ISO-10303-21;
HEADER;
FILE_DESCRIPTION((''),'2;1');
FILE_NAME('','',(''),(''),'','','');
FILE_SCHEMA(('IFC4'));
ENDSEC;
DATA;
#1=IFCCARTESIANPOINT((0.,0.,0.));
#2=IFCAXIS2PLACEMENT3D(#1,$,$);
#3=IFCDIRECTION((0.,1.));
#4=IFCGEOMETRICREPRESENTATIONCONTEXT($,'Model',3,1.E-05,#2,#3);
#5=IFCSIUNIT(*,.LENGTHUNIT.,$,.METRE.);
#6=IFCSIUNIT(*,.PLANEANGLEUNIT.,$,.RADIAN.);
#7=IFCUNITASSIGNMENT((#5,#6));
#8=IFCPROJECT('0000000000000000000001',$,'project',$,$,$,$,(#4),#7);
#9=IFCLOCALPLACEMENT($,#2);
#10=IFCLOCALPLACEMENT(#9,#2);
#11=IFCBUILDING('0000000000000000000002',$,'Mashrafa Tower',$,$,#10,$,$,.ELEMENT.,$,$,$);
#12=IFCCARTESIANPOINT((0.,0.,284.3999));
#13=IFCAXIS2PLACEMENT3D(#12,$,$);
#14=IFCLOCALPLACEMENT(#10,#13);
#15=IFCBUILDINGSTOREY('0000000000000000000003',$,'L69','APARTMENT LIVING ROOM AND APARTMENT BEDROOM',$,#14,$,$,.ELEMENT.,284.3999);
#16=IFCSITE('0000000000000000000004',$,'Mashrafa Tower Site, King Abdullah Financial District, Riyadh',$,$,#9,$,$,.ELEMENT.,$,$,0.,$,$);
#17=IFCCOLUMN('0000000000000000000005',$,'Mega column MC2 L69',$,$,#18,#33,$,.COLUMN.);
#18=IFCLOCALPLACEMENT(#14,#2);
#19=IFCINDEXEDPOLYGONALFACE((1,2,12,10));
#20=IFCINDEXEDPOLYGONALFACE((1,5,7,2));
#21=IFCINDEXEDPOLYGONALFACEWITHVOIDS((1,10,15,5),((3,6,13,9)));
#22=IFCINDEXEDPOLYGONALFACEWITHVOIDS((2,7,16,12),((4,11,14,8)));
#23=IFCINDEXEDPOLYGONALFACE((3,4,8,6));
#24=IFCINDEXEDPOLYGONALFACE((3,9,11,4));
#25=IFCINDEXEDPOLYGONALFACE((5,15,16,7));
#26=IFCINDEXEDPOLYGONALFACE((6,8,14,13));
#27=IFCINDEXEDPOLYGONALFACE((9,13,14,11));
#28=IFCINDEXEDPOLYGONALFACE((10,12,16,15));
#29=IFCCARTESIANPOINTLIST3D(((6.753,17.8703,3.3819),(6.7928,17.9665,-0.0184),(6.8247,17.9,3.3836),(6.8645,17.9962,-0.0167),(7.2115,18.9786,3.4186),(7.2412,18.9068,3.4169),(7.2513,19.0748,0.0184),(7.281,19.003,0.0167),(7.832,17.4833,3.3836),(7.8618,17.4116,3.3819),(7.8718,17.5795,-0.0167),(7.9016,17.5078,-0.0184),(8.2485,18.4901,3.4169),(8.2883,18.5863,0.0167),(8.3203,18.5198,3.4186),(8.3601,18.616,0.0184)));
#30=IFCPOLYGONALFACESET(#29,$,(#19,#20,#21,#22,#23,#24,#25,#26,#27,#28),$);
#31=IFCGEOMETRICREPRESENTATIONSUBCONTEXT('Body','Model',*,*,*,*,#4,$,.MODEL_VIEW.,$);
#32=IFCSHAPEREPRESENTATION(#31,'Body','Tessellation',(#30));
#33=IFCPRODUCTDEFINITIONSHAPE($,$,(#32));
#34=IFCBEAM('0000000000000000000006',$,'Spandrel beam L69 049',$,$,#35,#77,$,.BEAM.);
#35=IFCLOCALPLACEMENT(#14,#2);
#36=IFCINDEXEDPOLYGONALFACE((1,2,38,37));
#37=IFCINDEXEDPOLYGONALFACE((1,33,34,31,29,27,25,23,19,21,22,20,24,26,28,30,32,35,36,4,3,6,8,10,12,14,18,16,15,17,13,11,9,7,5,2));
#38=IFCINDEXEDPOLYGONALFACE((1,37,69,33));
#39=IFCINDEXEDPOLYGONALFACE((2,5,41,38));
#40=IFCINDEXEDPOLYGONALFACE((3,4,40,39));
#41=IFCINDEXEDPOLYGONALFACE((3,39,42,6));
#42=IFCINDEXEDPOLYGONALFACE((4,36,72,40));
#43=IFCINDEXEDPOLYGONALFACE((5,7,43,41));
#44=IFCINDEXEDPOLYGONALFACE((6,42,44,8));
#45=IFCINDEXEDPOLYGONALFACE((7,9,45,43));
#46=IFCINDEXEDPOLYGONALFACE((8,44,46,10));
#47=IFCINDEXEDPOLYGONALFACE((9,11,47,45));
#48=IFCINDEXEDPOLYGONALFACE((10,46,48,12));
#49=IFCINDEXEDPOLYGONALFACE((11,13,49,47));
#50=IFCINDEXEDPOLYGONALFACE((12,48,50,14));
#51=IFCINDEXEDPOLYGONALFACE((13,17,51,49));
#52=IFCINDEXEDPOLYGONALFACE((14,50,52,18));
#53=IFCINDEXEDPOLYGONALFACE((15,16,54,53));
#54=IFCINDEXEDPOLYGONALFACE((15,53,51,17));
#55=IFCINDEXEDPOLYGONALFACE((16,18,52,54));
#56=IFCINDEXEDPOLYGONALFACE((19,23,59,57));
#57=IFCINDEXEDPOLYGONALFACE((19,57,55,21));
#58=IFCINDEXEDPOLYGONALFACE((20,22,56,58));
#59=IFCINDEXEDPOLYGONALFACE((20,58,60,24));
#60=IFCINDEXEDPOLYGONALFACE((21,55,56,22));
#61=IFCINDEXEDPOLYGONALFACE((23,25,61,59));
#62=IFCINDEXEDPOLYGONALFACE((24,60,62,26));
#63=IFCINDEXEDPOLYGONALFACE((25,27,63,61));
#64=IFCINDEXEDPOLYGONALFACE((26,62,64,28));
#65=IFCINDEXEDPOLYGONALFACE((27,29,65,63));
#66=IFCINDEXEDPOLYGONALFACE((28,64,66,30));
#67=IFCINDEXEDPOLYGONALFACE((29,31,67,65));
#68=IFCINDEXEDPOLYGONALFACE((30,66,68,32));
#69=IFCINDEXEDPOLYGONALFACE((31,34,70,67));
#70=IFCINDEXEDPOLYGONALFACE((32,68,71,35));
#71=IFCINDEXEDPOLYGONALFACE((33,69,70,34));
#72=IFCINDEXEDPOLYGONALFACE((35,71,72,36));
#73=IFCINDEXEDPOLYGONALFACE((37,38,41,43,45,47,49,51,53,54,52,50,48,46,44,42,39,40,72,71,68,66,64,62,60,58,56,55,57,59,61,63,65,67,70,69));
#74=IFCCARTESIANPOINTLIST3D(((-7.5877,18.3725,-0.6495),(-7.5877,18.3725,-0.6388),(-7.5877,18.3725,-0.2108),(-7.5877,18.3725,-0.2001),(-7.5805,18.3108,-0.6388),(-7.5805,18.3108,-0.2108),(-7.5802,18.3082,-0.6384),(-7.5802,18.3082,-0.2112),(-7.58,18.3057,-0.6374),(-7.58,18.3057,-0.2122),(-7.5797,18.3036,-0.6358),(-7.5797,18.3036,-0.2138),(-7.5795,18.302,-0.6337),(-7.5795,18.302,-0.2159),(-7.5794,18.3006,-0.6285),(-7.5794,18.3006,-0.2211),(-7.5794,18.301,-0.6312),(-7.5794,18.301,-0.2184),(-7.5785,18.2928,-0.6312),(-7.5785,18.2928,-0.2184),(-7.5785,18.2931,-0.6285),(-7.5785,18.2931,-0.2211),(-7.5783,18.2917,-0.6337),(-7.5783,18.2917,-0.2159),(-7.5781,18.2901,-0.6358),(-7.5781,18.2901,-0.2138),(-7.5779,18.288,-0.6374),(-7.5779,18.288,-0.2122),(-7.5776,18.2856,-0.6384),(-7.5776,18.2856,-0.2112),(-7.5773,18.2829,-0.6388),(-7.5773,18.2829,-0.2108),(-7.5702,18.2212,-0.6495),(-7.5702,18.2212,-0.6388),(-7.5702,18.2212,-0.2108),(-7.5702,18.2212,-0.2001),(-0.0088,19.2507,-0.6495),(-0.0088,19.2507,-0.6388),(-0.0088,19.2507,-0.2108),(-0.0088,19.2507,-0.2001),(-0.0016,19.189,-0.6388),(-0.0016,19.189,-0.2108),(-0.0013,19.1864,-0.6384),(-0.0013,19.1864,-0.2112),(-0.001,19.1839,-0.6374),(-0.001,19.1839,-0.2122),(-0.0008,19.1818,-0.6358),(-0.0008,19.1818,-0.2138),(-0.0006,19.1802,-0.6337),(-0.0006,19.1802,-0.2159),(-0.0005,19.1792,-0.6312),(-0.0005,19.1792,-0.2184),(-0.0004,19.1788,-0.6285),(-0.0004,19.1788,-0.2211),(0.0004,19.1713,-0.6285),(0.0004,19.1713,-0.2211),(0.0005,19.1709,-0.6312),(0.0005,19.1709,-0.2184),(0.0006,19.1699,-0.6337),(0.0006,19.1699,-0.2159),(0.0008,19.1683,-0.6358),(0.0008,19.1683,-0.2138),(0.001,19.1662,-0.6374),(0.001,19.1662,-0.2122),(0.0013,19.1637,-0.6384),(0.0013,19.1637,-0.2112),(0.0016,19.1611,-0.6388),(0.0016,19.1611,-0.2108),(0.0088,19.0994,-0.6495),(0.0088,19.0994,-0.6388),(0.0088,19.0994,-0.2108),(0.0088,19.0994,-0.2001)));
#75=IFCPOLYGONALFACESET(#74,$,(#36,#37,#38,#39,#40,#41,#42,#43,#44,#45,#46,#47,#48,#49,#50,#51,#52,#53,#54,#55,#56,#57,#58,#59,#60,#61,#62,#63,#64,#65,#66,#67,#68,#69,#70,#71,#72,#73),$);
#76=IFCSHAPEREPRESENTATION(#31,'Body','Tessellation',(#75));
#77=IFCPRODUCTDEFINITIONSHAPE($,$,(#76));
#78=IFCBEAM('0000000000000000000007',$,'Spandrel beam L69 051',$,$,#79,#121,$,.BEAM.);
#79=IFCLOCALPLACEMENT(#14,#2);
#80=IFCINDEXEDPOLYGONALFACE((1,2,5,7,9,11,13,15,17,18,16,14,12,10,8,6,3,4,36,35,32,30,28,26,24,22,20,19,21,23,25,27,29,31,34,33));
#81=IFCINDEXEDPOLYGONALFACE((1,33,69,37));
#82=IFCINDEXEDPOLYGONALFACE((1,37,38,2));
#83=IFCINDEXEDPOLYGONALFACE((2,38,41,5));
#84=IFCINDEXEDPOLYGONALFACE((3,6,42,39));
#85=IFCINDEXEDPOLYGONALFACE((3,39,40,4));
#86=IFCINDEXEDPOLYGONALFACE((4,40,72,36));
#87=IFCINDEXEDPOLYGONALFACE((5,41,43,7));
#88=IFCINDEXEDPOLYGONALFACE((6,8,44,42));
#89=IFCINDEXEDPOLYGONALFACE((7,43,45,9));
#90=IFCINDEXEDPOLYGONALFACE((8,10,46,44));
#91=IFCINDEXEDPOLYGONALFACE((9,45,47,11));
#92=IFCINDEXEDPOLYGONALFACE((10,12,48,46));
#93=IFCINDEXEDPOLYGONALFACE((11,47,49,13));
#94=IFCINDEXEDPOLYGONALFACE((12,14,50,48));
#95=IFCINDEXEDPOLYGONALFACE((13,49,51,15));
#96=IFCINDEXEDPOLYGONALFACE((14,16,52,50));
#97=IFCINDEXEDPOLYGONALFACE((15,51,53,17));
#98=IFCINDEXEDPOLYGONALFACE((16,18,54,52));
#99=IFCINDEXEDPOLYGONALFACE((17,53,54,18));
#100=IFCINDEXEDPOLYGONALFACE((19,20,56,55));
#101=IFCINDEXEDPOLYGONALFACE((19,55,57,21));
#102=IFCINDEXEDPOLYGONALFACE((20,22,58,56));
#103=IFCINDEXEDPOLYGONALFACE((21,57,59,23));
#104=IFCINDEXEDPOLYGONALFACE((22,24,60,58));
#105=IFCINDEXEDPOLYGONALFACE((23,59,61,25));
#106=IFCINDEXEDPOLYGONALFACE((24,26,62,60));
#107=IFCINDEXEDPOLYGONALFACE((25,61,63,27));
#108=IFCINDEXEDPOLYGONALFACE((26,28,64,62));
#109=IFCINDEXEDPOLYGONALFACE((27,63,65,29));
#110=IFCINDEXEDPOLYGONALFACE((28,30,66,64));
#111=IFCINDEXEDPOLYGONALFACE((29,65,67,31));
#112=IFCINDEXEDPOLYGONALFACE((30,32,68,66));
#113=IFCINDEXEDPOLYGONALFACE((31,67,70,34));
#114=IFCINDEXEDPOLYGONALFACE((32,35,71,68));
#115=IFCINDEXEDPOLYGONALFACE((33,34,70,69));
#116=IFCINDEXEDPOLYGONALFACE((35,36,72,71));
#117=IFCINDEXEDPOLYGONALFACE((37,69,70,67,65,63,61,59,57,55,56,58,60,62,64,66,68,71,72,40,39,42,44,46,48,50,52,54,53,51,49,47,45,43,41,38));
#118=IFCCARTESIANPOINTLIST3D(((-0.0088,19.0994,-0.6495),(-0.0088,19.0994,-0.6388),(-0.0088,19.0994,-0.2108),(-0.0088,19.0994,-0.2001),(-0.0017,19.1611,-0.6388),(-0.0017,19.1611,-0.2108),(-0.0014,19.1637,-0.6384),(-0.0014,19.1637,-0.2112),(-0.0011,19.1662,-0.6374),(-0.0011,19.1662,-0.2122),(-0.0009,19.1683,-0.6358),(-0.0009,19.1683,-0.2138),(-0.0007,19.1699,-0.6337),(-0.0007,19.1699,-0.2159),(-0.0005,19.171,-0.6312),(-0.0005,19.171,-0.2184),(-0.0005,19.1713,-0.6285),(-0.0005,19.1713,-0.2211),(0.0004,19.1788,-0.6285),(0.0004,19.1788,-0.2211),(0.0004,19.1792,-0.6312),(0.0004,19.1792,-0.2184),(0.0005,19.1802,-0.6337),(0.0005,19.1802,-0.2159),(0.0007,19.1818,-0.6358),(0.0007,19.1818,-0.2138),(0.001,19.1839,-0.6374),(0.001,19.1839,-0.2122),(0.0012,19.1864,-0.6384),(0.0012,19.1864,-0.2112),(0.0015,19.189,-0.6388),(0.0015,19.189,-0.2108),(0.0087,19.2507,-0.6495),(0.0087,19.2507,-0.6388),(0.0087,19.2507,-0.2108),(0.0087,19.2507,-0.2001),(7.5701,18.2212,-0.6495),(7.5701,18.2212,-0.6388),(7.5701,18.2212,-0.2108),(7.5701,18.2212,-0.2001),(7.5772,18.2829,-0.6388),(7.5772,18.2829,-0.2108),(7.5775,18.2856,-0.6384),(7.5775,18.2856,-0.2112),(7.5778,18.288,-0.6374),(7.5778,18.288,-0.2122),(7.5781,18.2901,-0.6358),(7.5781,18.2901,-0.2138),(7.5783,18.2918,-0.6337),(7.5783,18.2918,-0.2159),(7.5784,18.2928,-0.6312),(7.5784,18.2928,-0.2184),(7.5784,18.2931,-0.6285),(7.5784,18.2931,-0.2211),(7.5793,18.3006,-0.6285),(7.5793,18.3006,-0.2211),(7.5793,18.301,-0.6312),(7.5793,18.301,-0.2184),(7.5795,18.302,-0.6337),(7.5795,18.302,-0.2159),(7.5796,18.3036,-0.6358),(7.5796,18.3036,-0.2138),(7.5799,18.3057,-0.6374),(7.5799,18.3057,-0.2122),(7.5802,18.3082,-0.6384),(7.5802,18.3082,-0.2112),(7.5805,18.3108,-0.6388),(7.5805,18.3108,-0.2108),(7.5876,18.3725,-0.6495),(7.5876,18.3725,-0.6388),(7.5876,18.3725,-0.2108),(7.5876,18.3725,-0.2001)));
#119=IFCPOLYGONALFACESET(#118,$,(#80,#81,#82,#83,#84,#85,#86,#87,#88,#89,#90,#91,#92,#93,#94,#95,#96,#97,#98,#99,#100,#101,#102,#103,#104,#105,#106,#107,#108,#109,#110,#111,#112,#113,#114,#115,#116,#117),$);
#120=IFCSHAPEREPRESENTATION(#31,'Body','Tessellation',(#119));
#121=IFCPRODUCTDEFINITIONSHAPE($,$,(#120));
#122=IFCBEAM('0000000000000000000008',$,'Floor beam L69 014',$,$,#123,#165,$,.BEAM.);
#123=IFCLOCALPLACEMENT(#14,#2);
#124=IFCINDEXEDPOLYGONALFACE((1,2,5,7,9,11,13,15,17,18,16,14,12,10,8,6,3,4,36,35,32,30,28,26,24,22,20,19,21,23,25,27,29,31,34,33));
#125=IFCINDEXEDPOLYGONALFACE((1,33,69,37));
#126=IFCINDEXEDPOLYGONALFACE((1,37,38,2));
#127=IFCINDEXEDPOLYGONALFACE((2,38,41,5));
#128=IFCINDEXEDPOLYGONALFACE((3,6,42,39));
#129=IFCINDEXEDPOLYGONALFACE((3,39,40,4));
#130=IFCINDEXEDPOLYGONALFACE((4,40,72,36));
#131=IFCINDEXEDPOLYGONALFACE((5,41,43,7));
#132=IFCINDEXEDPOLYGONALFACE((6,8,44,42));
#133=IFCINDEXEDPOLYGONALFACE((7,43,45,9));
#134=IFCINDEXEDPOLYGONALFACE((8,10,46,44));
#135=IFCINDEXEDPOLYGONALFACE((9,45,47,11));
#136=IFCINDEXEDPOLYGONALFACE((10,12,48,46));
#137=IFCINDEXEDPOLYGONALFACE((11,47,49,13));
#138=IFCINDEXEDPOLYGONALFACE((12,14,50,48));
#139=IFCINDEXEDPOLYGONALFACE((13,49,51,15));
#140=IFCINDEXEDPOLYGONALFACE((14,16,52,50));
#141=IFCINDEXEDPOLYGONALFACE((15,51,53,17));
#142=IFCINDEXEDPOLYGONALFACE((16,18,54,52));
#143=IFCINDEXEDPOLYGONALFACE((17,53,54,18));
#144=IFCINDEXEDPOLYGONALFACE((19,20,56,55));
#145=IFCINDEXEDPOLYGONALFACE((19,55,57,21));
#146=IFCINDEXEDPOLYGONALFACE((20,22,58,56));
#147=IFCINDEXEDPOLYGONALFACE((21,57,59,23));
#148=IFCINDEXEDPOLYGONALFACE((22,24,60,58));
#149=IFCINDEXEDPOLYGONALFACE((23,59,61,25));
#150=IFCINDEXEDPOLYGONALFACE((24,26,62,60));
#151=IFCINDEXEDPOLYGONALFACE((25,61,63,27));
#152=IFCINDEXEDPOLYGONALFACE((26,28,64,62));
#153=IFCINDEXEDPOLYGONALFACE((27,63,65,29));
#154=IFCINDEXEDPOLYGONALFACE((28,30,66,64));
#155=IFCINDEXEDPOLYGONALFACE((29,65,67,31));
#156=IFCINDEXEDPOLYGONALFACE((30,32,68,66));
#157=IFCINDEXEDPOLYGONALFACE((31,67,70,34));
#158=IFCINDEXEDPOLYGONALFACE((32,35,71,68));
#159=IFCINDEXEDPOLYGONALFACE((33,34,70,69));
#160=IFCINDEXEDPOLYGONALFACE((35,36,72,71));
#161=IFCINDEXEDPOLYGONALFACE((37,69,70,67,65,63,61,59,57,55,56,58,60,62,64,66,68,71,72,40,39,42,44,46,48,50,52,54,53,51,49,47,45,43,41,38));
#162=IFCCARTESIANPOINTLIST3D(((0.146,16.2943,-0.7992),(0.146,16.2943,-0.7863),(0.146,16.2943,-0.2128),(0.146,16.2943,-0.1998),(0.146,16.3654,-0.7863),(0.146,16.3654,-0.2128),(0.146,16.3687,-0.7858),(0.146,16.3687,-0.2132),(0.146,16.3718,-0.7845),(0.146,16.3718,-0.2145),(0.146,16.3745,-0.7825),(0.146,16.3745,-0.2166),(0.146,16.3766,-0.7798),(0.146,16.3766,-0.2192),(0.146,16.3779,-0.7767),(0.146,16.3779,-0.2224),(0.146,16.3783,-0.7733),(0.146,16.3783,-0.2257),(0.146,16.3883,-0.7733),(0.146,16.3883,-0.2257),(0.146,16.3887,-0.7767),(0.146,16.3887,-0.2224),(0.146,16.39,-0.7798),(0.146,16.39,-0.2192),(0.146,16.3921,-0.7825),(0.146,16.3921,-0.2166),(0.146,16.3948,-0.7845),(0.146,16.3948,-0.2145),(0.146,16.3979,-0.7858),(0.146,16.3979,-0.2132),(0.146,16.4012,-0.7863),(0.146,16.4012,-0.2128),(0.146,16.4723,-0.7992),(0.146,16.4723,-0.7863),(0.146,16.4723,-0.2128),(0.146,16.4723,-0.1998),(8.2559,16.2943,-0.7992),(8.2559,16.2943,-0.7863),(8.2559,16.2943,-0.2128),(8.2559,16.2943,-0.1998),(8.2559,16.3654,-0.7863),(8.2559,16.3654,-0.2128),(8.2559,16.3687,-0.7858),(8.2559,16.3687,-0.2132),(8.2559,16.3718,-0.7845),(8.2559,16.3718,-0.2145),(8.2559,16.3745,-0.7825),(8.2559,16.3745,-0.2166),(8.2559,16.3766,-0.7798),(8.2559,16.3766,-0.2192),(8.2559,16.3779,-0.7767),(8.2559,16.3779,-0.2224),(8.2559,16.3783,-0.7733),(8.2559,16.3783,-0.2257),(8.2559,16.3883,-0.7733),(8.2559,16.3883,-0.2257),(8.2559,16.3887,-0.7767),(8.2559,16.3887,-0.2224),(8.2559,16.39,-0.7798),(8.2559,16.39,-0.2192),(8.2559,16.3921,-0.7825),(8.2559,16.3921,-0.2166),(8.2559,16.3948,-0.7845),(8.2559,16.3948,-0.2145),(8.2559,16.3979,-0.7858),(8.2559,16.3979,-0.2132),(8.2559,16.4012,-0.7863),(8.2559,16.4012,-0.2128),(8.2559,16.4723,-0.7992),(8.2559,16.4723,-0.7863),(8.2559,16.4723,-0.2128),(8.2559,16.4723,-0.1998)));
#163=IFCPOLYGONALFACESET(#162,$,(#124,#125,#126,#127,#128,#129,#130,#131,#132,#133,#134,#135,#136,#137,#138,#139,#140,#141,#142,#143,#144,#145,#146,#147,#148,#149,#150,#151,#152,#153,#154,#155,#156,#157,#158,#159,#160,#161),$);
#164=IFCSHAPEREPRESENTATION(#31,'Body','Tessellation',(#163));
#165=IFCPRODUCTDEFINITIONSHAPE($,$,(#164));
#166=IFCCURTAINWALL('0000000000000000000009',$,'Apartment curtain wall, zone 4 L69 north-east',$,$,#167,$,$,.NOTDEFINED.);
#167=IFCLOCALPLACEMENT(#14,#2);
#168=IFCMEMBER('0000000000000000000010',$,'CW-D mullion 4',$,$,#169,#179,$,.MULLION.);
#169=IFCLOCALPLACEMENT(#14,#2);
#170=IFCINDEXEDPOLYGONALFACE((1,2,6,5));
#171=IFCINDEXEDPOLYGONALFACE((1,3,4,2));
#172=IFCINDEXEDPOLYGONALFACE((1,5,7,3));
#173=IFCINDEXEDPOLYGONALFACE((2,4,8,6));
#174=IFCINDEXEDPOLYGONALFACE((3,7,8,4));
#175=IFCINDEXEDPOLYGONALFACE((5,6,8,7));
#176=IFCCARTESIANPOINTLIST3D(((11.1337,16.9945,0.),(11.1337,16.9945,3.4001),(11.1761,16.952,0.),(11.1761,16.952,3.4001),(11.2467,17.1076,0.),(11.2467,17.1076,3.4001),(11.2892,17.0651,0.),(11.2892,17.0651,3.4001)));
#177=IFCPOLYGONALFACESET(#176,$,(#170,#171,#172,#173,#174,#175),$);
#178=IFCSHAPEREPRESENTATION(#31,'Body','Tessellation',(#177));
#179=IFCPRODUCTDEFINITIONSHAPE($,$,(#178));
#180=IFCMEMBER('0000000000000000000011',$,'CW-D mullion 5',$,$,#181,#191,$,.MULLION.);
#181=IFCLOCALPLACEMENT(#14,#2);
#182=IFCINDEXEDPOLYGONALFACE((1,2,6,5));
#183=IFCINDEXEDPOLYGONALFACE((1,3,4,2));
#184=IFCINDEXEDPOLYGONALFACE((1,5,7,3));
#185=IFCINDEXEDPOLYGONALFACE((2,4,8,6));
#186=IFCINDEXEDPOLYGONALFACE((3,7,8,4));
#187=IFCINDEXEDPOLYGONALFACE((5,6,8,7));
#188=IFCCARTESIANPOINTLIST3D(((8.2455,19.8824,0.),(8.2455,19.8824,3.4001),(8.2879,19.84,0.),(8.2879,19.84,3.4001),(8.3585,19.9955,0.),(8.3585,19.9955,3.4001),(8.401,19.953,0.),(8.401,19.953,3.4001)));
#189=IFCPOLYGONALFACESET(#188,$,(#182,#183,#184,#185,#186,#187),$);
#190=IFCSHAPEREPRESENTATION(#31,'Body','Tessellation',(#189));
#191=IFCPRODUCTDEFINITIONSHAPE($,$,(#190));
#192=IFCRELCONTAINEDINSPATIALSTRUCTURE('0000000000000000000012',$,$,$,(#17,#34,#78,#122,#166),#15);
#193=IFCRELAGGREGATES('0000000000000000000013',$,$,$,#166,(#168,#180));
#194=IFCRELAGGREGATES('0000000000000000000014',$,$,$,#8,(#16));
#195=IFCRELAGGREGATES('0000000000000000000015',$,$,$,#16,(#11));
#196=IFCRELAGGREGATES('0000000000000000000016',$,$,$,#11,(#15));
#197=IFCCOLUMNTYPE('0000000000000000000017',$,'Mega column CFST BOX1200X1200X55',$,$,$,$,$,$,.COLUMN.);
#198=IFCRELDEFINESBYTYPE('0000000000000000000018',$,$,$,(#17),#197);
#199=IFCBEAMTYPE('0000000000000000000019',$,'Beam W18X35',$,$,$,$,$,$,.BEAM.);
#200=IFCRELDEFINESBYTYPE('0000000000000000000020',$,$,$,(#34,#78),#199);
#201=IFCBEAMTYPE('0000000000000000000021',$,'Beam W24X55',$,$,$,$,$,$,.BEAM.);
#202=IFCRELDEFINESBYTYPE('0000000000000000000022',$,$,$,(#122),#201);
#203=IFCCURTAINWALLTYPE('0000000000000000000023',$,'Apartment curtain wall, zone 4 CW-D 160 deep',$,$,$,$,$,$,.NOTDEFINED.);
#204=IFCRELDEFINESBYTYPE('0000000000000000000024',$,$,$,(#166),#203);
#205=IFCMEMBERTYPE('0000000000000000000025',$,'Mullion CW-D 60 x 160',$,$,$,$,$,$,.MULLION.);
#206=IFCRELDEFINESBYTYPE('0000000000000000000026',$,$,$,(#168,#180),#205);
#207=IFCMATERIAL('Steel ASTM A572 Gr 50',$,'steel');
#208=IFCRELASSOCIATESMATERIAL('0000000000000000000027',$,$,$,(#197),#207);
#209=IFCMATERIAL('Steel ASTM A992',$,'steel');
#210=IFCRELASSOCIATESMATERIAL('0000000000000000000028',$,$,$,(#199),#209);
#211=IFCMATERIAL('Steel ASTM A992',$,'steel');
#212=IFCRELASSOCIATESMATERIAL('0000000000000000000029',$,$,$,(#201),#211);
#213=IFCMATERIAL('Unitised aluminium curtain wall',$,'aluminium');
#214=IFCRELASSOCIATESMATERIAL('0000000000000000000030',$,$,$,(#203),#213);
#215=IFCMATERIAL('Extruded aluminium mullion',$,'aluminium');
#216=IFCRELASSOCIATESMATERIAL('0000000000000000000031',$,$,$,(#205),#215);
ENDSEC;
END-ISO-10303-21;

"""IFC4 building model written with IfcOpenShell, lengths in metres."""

from ifc_helpers import new_model, si_unit, direction, frame, origin, origin_2d, place, context, subcontext, project, spatial, rectangle, hollow_rectangle, i_section, extrude, source, transform, mapped, material, material_profile, profile_set, type_object, type_shapes, element, aggregate, save


model = new_model("IFC4")

# Units and contexts
model_context = context("Model", 3, precision=1e-05, world=origin(), true_north=direction((0.0, 1.0)))
body_context = subcontext(model_context, "Body", "Model", "MODEL_VIEW")
ifc_project = project(units=[si_unit("LENGTHUNIT", "METRE"), si_unit("PLANEANGLEUNIT", "RADIAN")], contexts=[model_context])

# Site, building, storey
site_placement = place(None, origin())
site = spatial("IfcSite", under=ifc_project, at=site_placement, Name="Mashrafa Tower Site, King Abdullah Financial District, Riyadh", CompositionType="ELEMENT", RefElevation=0.0)
building_placement = place(site_placement, origin())
building = spatial("IfcBuilding", under=site, at=building_placement, Name="Mashrafa Tower", CompositionType="ELEMENT")
storey_placement = place(building_placement, frame((0.0, 0.0, 284.3999)))
storey = spatial("IfcBuildingStorey", under=building, at=storey_placement, Name="L69", Description="APARTMENT LIVING ROOM AND APARTMENT BEDROOM", CompositionType="ELEMENT", Elevation=284.3999)

# Column
ifc_material_1 = material(Name="Steel ASTM A572 Gr 50", Category="steel")
ifc_material_profile_1 = material_profile(ifc_material_1, hollow_rectangle(XDim=1.2, YDim=1.2, WallThickness=0.0549, at=origin_2d()), Name="BOX1200X1200X55")
ifc_profile_set_1 = profile_set([ifc_material_profile_1], Name="Steel ASTM A572 Gr 50")
column_type = type_object("IfcColumnType", Name="Mega column CFST BOX1200X1200X55", PredefinedType="COLUMN", material=ifc_profile_set_1)
column_placement = place(storey_placement, frame((7.5764, 18.2913, 0.0), z_axis=(-0.011698, -0.028277, 0.999532), x_axis=(0.924045, -0.382283, 0.0)))
element("IfcColumn", 1, at=column_placement, inside=storey, type_object=column_type, Name="Mega column MC2 L69", PredefinedType="COLUMN", context=body_context, shape_type="SweptSolid", body=[
    extrude(hollow_rectangle(XDim=1.2, YDim=1.2, WallThickness=0.0549, at=origin_2d()), origin(), (0.0, 0.0, 1.0), 3.4019),
])

# Beams
ifc_material_2 = material(Name="Steel ASTM A992", Category="steel")
ifc_material_profile_2 = material_profile(ifc_material_2, i_section(OverallWidth=0.1523, OverallDepth=0.4495, WebThickness=0.0076, FlangeThickness=0.0107, FilletRadius=0.0103, at=origin_2d()), Name="W18X35")
ifc_profile_set_2 = profile_set([ifc_material_profile_2], Name="Steel ASTM A992")
beam_type_1 = type_object("IfcBeamType", Name="Beam W18X35", PredefinedType="BEAM", material=ifc_profile_set_2)
for number, where, z_axis, x_axis, name in (
    (2, (0.0, 19.175, -0.4248), (-0.993354, -0.115101, 0.0), (0.115101, -0.993354, 0.0), "Spandrel beam L69 049"),
    (3, (7.5789, 18.2969, -0.4248), (-0.993354, 0.115101, 0.0), (-0.115101, -0.993354, 0.0), "Spandrel beam L69 051"),
):
    element("IfcBeam", number, at=place(storey_placement, frame(where, z_axis=z_axis, x_axis=x_axis)), inside=storey, type_object=beam_type_1, Name=name, PredefinedType="BEAM", context=body_context, shape_type="SweptSolid", body=[
        extrude(i_section(OverallWidth=0.1523, OverallDepth=0.4495, WebThickness=0.0076, FlangeThickness=0.0107, FilletRadius=0.0103, at=origin_2d()), origin(), (0.0, 0.0, 1.0), 7.6296),
    ])
ifc_material_3 = material(Name="Steel ASTM A992", Category="steel")
ifc_material_profile_3 = material_profile(ifc_material_3, i_section(OverallWidth=0.178, OverallDepth=0.5994, WebThickness=0.01, FlangeThickness=0.0129, FilletRadius=0.0129, at=origin_2d()), Name="W24X55")
ifc_profile_set_3 = profile_set([ifc_material_profile_3], Name="Steel ASTM A992")
beam_type_2 = type_object("IfcBeamType", Name="Beam W24X55", PredefinedType="BEAM", material=ifc_profile_set_3)
beam_placement = place(storey_placement, frame((0.146, 16.3833, -0.4995), z_axis=(1.0, 0.0, 0.0), x_axis=(0.0, 1.0, 0.0)))
element("IfcBeam", 4, at=beam_placement, inside=storey, type_object=beam_type_2, Name="Floor beam L69 014", PredefinedType="BEAM", context=body_context, shape_type="SweptSolid", body=[
    extrude(i_section(OverallWidth=0.178, OverallDepth=0.5994, WebThickness=0.01, FlangeThickness=0.0129, FilletRadius=0.0129, at=origin_2d()), origin(), (0.0, 0.0, 1.0), 8.1099),
])

# Curtain wall, members
ifc_material_4 = material(Name="Unitised aluminium curtain wall", Category="aluminium")
curtain_wall_type = type_object("IfcCurtainWallType", Name="Apartment curtain wall, zone 4 CW-D 160 deep", PredefinedType="NOTDEFINED", material=ifc_material_4)
curtain_wall_1_placement = place(storey_placement, origin())
curtain_wall_1 = element("IfcCurtainWall", 5, at=curtain_wall_1_placement, inside=storey, type_object=curtain_wall_type, Name="Apartment curtain wall, zone 4 L69 north-east", PredefinedType="NOTDEFINED")
ifc_material_5 = material(Name="Extruded aluminium mullion", Category="aluminium")
ifc_material_profile_4 = material_profile(ifc_material_5, rectangle(XDim=0.1599, YDim=0.0601, at=origin_2d()), Name="Mullion 60x160")
ifc_profile_set_4 = profile_set([ifc_material_profile_4], Name="Extruded aluminium mullion")
member_type_1 = type_object("IfcMemberType", Name="Mullion CW-D 60 x 160", PredefinedType="MULLION", material=ifc_profile_set_4)
shared_shape_1 = source(origin(), body_context, "Body", "SweptSolid", [
    extrude(rectangle(XDim=0.1599, YDim=0.0601, at=origin_2d()), origin(), (0.0, 0.0, 1.0), 3.4001),
])
type_shapes(member_type_1, [shared_shape_1])
member_1_placement = place(storey_placement, frame((11.2114, 17.0298, 0.0), z_axis=(0.0, 0.0, 1.0), x_axis=(-0.707107, -0.707107, 0.0)))
member_1 = element("IfcMember", 6, at=member_1_placement, type_object=member_type_1, Name="CW-D mullion 4", PredefinedType="MULLION", context=body_context, shape_type="MappedRepresentation", body=[
    mapped(shared_shape_1, transform((0.0, 0.0, 0.0))),
])
member_2_placement = place(storey_placement, frame((8.3232, 19.9177, 0.0), z_axis=(0.0, 0.0, 1.0), x_axis=(-0.707107, -0.707107, 0.0)))
member_2 = element("IfcMember", 7, at=member_2_placement, type_object=member_type_1, Name="CW-D mullion 5", PredefinedType="MULLION", context=body_context, shape_type="MappedRepresentation", body=[
    mapped(shared_shape_1, transform((0.0, 0.0, 0.0))),
])

aggregate(curtain_wall_1, [member_1, member_2])

save(model, "model.ifc")
